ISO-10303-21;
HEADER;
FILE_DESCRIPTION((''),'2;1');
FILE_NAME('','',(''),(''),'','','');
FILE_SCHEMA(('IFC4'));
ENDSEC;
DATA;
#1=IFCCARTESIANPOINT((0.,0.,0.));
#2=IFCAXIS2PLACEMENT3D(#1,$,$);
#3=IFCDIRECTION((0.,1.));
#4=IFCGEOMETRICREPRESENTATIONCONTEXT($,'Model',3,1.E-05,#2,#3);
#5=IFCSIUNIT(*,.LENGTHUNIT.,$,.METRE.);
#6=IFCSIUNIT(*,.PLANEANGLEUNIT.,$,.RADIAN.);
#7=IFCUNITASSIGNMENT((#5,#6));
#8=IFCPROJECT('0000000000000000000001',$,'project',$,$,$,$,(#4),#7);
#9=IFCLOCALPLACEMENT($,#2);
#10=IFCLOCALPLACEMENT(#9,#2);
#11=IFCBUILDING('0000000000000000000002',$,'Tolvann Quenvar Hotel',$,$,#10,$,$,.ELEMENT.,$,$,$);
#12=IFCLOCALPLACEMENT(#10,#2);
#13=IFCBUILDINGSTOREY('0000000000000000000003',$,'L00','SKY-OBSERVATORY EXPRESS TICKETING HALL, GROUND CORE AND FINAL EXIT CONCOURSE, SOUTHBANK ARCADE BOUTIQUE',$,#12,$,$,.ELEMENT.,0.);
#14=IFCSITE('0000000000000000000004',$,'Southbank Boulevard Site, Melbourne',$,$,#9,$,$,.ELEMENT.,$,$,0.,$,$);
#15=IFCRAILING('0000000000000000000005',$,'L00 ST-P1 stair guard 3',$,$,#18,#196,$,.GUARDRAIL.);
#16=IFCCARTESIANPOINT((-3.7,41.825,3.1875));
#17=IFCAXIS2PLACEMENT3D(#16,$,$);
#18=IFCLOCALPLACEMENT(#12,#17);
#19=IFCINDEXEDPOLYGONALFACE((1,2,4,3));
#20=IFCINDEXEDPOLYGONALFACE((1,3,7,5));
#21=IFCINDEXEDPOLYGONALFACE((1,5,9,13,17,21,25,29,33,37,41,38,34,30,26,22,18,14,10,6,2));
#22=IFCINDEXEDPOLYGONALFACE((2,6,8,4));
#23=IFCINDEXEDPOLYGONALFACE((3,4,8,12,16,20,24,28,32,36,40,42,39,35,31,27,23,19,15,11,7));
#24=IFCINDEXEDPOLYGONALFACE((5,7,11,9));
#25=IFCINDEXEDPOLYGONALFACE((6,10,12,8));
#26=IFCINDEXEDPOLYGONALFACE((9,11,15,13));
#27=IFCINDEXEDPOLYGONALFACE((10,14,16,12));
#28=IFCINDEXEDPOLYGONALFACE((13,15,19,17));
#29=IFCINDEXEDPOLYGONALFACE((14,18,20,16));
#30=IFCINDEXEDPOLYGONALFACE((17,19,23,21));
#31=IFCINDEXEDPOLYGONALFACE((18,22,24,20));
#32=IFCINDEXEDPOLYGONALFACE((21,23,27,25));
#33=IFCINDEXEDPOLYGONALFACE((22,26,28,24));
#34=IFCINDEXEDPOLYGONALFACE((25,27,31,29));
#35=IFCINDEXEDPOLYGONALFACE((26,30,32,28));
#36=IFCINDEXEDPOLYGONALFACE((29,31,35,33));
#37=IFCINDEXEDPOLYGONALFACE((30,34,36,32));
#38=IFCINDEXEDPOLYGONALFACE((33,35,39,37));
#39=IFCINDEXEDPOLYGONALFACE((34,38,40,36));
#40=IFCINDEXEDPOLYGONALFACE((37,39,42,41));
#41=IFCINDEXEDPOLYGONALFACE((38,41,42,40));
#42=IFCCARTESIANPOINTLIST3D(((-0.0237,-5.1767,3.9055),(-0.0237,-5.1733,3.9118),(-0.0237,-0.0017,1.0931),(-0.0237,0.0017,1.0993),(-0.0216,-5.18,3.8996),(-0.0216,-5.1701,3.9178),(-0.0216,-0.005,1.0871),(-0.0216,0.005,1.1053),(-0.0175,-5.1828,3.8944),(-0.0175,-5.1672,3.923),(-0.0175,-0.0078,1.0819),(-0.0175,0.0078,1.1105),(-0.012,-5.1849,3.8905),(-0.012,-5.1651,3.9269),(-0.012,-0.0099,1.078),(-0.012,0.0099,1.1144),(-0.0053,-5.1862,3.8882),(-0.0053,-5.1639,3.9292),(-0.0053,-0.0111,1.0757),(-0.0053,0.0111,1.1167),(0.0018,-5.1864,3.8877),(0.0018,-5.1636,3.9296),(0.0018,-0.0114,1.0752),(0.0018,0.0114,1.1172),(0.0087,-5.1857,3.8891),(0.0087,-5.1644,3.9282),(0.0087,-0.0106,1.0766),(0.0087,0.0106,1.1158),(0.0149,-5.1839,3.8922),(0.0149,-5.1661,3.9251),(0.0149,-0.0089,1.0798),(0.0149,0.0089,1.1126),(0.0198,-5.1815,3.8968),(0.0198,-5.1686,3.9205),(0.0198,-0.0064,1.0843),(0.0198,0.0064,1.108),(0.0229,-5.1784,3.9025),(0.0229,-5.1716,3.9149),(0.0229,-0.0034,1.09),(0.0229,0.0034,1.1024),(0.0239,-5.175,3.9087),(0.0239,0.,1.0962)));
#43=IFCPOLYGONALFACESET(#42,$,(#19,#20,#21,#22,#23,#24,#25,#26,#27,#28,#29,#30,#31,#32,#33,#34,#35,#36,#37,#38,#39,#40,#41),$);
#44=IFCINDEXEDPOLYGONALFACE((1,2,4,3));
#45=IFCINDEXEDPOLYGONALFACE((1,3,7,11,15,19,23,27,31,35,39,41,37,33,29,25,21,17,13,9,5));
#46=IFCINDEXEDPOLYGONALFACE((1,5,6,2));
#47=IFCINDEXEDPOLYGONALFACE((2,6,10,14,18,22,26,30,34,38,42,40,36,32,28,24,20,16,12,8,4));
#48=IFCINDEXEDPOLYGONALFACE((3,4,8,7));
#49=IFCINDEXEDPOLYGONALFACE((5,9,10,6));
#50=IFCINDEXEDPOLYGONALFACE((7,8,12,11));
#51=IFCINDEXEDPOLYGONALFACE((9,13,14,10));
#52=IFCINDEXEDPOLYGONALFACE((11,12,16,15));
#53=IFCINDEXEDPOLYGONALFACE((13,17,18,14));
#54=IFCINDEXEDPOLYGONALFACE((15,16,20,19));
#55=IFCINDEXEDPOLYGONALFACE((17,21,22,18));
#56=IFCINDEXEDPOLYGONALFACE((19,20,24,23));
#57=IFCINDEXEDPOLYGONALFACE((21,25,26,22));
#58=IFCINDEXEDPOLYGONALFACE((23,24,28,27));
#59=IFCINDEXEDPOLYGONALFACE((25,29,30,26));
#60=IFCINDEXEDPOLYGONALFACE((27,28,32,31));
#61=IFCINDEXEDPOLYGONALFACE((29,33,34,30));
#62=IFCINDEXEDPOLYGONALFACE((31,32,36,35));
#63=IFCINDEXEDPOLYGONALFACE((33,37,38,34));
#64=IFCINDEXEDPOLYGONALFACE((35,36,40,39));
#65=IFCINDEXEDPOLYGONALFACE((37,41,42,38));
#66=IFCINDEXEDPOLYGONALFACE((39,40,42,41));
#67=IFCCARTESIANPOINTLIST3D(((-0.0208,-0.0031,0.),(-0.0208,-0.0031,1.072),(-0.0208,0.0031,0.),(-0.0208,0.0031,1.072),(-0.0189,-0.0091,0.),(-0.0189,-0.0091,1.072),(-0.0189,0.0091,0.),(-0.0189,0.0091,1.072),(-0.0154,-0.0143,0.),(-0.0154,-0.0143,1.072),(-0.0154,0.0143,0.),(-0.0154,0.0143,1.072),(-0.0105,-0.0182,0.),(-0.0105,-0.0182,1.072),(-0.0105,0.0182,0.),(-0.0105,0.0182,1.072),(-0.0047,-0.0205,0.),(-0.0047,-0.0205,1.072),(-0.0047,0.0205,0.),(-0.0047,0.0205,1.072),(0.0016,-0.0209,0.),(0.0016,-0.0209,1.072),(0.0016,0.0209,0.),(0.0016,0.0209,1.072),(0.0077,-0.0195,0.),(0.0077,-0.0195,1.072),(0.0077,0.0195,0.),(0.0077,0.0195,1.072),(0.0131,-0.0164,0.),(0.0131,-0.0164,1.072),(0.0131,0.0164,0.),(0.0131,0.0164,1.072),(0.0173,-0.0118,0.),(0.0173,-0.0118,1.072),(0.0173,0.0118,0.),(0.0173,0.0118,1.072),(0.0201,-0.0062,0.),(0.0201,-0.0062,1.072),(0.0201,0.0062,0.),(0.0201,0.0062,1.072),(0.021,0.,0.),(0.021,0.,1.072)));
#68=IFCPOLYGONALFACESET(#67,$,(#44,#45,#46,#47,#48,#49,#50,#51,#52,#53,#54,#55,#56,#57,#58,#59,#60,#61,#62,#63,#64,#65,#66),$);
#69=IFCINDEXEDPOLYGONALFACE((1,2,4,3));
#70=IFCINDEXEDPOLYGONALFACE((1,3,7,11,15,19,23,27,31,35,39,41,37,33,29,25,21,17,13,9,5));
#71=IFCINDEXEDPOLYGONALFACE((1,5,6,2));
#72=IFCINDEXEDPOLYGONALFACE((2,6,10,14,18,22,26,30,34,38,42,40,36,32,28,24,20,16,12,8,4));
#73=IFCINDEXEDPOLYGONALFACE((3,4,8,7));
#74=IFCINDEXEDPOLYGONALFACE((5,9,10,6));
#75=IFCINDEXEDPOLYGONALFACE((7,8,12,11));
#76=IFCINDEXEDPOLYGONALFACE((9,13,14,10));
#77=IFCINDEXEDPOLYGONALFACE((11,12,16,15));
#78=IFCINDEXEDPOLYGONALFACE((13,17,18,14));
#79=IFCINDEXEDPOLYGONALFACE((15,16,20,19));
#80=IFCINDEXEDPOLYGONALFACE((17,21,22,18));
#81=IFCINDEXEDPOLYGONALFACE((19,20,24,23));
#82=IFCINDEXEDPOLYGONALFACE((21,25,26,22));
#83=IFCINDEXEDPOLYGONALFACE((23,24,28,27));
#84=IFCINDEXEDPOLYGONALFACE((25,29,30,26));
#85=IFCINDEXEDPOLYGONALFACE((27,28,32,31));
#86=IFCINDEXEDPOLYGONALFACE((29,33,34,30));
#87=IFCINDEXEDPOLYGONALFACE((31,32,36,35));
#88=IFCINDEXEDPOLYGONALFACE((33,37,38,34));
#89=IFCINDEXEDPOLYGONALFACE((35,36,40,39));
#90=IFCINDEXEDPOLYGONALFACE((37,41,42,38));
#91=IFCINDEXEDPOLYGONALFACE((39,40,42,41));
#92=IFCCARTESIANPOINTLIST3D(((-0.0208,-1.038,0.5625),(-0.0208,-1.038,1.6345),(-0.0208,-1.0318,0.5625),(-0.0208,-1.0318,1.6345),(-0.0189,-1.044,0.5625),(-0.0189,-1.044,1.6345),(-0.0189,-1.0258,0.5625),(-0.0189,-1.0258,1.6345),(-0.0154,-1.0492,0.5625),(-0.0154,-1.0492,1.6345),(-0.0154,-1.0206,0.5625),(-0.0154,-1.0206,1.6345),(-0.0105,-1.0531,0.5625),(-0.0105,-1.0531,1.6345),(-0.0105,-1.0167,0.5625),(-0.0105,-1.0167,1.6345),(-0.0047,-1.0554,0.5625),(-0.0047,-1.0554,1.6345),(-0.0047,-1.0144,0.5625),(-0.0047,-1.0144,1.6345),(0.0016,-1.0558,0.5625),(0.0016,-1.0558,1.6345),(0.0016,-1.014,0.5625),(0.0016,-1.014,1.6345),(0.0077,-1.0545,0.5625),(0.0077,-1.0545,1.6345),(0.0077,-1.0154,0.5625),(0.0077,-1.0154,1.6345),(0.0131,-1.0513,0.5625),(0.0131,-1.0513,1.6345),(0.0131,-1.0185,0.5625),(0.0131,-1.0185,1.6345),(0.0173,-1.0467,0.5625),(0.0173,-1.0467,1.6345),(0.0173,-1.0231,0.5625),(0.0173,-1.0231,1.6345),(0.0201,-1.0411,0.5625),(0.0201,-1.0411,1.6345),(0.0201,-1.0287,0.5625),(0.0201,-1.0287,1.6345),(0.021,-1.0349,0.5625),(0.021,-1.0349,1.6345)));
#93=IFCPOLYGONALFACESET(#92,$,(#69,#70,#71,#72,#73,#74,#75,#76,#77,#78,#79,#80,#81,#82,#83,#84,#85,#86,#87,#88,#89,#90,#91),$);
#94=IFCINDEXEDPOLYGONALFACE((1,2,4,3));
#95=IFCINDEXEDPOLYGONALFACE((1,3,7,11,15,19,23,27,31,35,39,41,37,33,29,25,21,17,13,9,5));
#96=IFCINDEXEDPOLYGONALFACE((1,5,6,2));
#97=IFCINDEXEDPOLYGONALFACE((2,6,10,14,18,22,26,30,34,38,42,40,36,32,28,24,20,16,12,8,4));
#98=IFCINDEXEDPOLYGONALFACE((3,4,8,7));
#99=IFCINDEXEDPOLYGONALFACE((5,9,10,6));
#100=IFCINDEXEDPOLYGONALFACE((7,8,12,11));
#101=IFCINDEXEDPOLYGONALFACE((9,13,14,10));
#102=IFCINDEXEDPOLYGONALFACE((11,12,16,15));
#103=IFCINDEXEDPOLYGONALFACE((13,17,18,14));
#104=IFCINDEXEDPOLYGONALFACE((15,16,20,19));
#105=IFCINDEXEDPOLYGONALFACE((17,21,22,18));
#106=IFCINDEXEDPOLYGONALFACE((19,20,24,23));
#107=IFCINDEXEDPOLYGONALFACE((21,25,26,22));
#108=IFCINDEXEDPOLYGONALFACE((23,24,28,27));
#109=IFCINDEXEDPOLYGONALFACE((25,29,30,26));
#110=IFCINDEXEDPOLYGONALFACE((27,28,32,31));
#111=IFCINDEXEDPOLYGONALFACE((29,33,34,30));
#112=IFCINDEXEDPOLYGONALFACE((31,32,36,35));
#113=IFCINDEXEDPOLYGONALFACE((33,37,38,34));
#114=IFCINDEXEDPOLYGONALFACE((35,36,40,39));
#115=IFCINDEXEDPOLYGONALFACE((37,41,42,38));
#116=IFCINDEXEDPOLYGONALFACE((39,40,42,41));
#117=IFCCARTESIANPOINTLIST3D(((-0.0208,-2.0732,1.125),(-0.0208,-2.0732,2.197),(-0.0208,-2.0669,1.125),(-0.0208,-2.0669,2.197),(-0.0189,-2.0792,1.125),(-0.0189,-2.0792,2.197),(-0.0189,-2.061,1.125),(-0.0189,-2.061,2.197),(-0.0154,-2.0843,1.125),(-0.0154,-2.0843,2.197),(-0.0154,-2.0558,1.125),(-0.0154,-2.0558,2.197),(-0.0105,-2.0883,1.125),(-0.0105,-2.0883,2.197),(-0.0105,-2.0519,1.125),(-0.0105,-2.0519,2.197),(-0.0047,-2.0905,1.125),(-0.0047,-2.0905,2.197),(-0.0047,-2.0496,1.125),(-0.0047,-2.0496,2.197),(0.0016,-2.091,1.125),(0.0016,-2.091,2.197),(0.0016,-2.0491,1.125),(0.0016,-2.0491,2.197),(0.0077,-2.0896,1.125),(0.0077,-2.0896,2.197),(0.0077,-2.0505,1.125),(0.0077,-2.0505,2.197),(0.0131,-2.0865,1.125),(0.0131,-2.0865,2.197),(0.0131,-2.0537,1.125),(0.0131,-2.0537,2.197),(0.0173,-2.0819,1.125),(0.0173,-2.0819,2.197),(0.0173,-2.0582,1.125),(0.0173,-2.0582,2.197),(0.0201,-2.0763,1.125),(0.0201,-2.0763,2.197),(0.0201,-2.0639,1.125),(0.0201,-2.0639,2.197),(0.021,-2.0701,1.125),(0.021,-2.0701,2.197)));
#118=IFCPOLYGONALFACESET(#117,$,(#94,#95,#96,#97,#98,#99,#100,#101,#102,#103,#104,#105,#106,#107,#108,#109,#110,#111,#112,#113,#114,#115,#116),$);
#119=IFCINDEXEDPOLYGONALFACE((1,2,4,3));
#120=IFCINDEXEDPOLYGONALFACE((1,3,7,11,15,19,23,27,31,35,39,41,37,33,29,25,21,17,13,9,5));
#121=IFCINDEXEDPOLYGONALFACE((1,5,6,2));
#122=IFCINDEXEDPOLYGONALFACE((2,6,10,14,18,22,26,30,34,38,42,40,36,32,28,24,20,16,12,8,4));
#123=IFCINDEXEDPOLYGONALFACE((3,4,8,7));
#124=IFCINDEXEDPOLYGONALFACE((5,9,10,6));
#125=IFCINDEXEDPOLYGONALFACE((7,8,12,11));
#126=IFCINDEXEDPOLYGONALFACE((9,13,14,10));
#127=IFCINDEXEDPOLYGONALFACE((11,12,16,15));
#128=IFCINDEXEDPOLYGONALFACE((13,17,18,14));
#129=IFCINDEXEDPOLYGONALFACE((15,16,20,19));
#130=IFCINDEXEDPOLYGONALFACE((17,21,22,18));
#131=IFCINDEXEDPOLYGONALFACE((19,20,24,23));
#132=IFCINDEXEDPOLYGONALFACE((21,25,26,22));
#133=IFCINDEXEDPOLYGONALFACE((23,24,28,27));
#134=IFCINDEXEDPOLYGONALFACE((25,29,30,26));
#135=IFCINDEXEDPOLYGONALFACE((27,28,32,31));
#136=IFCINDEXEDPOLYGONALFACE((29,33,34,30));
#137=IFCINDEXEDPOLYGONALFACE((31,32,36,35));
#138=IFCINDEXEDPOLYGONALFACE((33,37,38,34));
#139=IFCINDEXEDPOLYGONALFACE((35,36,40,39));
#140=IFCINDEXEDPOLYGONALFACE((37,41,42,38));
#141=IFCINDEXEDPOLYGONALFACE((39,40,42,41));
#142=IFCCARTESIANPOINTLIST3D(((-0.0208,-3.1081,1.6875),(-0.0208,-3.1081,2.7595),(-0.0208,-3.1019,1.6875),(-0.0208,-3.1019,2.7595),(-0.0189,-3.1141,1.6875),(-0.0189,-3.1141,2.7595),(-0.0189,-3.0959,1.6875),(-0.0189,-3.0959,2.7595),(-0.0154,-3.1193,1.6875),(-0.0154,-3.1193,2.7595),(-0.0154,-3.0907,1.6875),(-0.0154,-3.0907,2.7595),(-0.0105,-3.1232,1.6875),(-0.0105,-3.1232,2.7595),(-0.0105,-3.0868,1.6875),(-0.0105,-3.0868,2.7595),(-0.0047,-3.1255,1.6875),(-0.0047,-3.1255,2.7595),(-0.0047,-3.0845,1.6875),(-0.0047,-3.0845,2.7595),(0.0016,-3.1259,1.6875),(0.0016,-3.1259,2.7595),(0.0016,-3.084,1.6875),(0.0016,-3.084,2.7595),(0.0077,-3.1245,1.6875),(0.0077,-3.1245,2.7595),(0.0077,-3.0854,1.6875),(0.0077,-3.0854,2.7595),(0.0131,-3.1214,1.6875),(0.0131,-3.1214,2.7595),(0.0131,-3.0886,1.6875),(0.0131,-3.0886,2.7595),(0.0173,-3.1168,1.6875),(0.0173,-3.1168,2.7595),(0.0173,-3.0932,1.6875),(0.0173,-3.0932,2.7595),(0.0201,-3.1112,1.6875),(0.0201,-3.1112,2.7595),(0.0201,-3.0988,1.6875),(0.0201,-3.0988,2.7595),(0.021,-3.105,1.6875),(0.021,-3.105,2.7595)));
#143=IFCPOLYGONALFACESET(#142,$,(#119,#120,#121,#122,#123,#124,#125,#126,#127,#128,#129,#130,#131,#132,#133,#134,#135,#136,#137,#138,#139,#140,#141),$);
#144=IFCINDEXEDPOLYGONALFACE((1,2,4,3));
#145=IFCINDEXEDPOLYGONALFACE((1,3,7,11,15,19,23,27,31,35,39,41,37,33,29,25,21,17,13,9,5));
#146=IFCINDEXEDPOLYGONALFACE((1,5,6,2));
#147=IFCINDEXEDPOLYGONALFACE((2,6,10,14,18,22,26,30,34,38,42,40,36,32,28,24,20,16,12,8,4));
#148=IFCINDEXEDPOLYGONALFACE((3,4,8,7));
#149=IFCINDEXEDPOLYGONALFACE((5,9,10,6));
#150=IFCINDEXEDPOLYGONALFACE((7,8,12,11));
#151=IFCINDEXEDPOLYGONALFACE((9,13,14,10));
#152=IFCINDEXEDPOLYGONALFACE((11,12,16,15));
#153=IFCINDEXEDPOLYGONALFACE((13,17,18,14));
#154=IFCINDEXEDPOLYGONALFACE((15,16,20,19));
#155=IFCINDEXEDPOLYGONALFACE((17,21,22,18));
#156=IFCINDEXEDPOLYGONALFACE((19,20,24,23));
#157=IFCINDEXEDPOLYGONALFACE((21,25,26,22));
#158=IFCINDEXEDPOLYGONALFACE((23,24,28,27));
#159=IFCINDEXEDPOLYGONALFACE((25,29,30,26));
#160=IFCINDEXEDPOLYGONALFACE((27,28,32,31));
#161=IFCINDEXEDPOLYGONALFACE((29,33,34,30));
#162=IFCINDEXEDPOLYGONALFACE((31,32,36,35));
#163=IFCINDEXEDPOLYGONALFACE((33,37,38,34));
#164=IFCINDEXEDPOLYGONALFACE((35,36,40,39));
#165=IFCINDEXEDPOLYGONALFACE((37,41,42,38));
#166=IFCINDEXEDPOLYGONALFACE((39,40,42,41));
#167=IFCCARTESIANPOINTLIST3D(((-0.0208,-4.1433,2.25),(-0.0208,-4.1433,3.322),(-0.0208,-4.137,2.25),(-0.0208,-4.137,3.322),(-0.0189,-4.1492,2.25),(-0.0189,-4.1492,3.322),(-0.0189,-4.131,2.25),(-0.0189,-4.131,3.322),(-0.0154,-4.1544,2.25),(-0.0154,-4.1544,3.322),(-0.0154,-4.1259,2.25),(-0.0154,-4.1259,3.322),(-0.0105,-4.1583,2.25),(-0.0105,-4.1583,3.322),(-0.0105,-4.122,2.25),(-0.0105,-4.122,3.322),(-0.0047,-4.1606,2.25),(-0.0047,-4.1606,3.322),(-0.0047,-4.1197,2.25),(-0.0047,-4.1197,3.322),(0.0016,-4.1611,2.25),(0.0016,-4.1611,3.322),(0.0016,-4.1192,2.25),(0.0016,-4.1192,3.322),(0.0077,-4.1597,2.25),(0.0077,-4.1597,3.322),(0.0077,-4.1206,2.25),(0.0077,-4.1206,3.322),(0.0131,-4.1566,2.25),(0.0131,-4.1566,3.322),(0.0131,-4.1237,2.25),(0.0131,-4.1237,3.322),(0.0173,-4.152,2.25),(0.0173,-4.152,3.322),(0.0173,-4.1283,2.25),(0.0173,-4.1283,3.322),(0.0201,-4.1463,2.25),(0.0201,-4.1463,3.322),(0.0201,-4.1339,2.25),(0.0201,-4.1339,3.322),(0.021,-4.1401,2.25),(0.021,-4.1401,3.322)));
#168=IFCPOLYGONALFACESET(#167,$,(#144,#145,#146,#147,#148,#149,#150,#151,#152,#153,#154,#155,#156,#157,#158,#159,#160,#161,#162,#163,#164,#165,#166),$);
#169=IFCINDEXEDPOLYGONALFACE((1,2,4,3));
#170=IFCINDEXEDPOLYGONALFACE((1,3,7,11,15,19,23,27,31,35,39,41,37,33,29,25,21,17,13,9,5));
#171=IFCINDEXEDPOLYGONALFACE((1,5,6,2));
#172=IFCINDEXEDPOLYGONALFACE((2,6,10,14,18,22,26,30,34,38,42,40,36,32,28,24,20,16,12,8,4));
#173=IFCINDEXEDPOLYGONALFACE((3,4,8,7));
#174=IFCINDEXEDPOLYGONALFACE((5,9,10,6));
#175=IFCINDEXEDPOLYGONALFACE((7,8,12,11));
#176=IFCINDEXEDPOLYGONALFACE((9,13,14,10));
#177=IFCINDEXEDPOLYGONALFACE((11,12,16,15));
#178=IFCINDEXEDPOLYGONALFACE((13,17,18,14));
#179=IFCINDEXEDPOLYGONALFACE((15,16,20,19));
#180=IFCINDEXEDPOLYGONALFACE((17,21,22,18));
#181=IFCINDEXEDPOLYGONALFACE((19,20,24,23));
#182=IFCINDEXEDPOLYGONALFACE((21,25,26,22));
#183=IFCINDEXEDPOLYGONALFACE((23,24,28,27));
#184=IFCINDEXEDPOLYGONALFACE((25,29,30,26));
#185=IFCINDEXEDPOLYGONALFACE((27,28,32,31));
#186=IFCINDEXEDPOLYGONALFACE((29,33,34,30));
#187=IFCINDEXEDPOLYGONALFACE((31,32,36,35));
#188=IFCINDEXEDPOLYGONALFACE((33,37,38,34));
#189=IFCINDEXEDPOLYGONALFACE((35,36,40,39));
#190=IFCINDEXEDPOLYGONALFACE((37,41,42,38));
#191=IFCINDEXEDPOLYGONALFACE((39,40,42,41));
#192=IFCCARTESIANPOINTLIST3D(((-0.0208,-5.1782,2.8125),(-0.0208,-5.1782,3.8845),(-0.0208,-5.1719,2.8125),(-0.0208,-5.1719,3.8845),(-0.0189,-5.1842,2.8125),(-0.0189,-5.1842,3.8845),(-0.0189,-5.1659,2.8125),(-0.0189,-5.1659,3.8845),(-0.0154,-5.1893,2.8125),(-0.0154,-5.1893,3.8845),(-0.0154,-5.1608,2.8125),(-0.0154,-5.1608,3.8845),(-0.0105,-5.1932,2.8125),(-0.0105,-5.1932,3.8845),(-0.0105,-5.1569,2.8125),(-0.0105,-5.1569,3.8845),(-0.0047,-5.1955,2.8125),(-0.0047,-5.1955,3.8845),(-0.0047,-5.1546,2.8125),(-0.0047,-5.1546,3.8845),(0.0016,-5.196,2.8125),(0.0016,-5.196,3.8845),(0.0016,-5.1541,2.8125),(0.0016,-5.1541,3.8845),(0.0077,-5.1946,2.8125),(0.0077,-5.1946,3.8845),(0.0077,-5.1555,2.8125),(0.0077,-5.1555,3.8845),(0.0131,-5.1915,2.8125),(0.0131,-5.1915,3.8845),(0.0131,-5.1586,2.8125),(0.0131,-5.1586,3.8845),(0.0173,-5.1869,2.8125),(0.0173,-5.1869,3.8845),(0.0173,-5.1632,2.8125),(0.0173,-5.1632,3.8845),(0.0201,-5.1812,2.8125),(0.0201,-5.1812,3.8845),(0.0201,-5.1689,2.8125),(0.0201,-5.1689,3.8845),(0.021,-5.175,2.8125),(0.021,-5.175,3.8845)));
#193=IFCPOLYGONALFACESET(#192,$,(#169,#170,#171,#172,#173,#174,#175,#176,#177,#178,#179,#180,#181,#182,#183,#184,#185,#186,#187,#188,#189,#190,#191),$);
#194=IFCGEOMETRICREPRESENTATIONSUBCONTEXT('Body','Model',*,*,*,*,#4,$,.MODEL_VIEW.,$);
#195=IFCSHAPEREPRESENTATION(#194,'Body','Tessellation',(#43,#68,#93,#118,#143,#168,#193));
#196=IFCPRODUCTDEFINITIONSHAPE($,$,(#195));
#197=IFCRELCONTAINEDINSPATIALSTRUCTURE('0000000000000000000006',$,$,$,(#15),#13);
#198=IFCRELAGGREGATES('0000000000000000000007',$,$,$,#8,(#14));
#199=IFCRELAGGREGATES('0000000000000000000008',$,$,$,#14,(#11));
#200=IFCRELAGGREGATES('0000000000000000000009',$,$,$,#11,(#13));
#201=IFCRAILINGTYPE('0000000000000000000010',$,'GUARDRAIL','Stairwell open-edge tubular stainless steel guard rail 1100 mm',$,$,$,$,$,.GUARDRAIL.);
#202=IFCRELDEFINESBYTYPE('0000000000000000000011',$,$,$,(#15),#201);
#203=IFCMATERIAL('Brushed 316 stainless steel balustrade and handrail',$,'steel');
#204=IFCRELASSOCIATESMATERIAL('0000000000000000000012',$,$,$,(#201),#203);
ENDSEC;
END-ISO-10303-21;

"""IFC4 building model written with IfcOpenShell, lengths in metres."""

from ifc_helpers import new_model, si_unit, direction, frame, origin, origin_2d, place, context, subcontext, project, spatial, circle, extrude, material, type_object, element, save


model = new_model("IFC4")

# Units and contexts
model_context = context("Model", 3, precision=1e-05, world=origin(), true_north=direction((0.0, 1.0)))
body_context = subcontext(model_context, "Body", "Model", "MODEL_VIEW")
ifc_project = project(units=[si_unit("LENGTHUNIT", "METRE"), si_unit("PLANEANGLEUNIT", "RADIAN")], contexts=[model_context])

# Site, building, storey
site_placement = place(None, origin())
site = spatial("IfcSite", under=ifc_project, at=site_placement, Name="Southbank Boulevard Site, Melbourne", CompositionType="ELEMENT", RefElevation=0.0)
building_placement = place(site_placement, origin())
building = spatial("IfcBuilding", under=site, at=building_placement, Name="Tolvann Quenvar Hotel", CompositionType="ELEMENT")
storey_placement = place(building_placement, origin())
storey = spatial("IfcBuildingStorey", under=building, at=storey_placement, Name="L00", Description="SKY-OBSERVATORY EXPRESS TICKETING HALL, GROUND CORE AND FINAL EXIT CONCOURSE, SOUTHBANK ARCADE BOUTIQUE", CompositionType="ELEMENT", Elevation=0.0)

# Railing
ifc_material_1 = material(Name="Brushed 316 stainless steel balustrade and handrail", Category="steel")
railing_type_1 = type_object("IfcRailingType", Name="GUARDRAIL", Description="Stairwell open-edge tubular stainless steel guard rail 1100 mm", PredefinedType="GUARDRAIL", material=ifc_material_1)
railing_1_placement = place(storey_placement, frame((-3.7, 41.825, 3.1875)))
element("IfcRailing", 1, at=railing_1_placement, inside=storey, type_object=railing_type_1, Name="L00 ST-P1 stair guard 3", PredefinedType="GUARDRAIL", context=body_context, shape_type="SweptSolid", body=[
    extrude(circle(Radius=0.0239, at=origin_2d()), frame((0.0, 0.0, 1.0962), z_axis=(0.0, -0.878626, 0.47751), x_axis=(1.0, 0.0, 0.0)), (0.0, 0.0, 1.0), 5.8899),
    extrude(circle(Radius=0.021, at=origin_2d()), origin(), (0.0, 0.0, 1.0), 1.072),
    extrude(circle(Radius=0.021, at=origin_2d()), frame((0.0, -1.0349, 0.5625)), (0.0, 0.0, 1.0), 1.072),
    extrude(circle(Radius=0.021, at=origin_2d()), frame((0.0, -2.0701, 1.125)), (0.0, 0.0, 1.0), 1.072),
    extrude(circle(Radius=0.021, at=origin_2d()), frame((0.0, -3.105, 1.6875)), (0.0, 0.0, 1.0), 1.072),
    extrude(circle(Radius=0.021, at=origin_2d()), frame((0.0, -4.1401, 2.25)), (0.0, 0.0, 1.0), 1.072),
    extrude(circle(Radius=0.021, at=origin_2d()), frame((0.0, -5.175, 2.8125)), (0.0, 0.0, 1.0), 1.072),
])

save(model, "model.ifc")
